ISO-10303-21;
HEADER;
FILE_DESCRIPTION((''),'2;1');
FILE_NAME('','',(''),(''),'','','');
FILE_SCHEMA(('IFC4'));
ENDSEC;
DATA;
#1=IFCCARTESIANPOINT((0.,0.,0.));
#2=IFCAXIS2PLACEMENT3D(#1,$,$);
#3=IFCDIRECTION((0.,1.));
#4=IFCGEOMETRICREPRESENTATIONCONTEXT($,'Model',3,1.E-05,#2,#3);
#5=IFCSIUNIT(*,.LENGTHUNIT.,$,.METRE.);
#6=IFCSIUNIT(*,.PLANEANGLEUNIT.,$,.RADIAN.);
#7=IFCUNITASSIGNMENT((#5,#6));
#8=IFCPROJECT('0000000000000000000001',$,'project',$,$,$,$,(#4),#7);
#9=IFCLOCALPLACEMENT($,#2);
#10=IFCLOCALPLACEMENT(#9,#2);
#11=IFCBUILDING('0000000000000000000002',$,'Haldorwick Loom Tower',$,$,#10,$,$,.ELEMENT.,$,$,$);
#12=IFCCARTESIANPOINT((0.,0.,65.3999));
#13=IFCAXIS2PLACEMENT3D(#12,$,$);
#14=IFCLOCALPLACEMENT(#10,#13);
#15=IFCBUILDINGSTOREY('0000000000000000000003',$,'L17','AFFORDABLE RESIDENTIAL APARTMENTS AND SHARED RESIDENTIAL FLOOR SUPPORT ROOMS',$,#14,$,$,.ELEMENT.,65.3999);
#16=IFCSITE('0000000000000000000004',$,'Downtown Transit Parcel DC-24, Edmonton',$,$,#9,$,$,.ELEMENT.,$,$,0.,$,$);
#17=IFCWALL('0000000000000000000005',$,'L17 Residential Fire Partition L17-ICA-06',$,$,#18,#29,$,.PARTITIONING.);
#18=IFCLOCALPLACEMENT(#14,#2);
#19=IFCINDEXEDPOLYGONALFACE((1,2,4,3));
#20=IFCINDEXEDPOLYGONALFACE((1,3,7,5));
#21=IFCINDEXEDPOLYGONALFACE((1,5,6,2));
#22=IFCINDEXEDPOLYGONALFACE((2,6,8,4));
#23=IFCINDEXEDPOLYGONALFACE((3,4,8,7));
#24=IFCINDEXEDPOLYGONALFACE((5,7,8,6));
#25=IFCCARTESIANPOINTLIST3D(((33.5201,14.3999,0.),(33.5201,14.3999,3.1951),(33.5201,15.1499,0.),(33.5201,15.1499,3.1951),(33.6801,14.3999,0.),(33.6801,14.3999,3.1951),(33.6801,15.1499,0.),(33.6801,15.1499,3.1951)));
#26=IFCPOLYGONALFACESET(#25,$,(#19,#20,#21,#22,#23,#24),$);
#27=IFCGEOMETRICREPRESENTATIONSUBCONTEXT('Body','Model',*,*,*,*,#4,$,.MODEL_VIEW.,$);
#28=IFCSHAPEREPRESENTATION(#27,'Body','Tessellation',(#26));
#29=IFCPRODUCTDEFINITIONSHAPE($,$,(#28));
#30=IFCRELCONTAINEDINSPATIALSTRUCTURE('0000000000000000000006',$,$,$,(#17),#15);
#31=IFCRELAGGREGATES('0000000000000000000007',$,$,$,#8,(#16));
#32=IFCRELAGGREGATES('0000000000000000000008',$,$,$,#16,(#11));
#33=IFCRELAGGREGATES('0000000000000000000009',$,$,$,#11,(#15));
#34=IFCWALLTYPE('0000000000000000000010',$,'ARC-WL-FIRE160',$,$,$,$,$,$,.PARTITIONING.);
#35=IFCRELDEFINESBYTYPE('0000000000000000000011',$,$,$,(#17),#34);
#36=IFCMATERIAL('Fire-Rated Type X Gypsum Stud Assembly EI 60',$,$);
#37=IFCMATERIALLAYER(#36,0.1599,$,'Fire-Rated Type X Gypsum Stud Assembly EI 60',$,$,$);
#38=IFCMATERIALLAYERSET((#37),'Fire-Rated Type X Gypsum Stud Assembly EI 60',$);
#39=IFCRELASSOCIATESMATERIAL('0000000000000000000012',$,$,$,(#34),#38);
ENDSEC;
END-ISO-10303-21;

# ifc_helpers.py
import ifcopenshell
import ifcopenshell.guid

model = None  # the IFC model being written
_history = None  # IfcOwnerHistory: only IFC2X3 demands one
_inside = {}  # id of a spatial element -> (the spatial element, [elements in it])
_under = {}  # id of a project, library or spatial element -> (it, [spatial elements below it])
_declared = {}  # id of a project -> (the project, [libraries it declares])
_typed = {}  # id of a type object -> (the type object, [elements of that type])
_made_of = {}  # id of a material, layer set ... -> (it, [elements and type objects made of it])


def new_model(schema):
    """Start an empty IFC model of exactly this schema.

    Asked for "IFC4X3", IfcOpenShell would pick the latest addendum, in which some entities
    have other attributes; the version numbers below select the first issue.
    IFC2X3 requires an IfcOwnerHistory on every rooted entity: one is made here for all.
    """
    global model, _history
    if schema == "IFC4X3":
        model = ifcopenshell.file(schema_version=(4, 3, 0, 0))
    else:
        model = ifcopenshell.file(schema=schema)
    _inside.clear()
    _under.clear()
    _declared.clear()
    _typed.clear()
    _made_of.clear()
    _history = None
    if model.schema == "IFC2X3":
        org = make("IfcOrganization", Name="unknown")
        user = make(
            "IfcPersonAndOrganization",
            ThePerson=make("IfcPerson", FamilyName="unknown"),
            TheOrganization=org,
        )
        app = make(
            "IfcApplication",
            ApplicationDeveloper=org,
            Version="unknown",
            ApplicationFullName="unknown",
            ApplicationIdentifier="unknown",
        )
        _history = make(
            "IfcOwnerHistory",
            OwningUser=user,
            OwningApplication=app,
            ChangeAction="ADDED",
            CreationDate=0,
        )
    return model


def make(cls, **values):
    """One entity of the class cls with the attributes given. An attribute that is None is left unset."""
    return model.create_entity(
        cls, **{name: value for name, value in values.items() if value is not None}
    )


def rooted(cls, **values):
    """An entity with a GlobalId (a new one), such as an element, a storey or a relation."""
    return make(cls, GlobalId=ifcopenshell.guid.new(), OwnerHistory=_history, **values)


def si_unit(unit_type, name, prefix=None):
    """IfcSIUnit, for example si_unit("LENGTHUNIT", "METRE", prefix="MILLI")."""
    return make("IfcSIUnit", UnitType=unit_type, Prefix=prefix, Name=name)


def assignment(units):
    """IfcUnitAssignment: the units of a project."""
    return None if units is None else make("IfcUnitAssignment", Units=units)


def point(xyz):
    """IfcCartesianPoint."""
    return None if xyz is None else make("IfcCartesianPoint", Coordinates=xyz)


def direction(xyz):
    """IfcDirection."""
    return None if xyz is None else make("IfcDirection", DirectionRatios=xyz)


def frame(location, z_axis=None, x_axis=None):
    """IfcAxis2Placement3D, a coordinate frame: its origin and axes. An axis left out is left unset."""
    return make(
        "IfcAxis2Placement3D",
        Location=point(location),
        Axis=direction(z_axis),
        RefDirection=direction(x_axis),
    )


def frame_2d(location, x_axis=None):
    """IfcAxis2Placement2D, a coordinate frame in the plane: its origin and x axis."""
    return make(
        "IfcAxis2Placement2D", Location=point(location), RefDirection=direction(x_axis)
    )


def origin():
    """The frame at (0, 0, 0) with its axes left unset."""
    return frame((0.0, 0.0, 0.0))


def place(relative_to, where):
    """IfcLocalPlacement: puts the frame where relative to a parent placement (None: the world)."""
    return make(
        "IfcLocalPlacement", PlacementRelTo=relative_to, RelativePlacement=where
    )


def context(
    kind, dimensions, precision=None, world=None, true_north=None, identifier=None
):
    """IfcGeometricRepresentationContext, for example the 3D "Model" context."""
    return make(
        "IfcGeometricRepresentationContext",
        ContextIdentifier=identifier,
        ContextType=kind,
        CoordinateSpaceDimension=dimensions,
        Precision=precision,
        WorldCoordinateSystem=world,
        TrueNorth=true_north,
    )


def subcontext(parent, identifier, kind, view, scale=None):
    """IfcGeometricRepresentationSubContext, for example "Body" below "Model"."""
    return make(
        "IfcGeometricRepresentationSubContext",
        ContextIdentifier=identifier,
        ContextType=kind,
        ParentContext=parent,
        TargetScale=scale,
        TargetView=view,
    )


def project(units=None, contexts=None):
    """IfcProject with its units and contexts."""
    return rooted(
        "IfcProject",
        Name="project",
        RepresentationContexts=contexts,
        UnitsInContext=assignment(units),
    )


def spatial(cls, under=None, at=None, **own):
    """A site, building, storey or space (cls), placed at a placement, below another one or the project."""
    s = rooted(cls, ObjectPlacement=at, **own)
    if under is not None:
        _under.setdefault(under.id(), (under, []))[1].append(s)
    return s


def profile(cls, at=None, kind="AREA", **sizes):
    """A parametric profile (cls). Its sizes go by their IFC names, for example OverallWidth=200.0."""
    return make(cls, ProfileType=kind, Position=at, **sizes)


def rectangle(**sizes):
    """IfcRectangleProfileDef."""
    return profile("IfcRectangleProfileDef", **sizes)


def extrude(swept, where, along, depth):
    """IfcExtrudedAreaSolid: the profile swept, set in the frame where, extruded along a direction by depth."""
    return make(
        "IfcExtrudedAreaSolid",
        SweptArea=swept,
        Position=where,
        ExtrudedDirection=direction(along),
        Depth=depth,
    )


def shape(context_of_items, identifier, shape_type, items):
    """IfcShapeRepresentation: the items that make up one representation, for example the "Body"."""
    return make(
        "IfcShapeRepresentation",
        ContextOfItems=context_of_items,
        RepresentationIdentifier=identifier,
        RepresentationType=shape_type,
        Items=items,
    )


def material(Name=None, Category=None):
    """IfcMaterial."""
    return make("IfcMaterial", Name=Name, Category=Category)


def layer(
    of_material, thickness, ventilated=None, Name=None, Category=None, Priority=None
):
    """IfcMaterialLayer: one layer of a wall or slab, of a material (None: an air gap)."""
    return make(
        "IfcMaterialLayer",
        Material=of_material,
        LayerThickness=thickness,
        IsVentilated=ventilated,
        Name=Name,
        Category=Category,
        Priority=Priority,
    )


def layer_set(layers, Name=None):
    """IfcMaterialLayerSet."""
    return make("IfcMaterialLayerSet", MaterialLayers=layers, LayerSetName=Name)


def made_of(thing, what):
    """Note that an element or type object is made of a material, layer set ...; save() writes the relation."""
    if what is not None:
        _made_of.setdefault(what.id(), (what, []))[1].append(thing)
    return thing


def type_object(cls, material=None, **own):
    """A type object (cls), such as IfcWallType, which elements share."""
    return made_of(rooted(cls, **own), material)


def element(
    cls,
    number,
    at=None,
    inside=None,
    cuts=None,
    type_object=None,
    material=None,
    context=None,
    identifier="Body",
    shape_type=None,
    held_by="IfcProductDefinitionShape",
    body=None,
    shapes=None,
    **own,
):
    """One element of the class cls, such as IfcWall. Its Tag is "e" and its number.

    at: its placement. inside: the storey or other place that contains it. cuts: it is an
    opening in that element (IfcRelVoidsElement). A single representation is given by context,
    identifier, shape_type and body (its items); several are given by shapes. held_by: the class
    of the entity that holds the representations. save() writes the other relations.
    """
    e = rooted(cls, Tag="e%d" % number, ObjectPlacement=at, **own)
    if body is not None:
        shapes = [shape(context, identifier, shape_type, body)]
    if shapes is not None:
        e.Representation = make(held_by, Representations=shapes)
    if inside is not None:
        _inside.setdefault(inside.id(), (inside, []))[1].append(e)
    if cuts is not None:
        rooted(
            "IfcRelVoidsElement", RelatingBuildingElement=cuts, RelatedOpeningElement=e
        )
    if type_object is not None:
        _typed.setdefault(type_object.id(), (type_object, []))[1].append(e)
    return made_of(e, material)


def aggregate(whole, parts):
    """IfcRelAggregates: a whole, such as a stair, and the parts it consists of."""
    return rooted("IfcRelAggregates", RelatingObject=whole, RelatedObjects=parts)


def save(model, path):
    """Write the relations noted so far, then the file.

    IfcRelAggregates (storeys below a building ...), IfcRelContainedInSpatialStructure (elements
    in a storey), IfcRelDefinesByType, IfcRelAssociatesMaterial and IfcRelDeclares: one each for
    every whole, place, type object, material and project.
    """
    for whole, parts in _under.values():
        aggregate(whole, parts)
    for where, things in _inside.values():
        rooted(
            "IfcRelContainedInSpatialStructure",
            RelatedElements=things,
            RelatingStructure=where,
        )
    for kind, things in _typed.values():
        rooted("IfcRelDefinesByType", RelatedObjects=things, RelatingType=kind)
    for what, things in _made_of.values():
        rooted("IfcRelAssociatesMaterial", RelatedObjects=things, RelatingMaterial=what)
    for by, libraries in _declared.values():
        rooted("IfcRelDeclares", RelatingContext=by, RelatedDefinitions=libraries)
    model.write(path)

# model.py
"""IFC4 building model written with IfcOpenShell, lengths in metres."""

from ifc_helpers import new_model, si_unit, direction, frame, frame_2d, origin, place, context, subcontext, project, spatial, rectangle, extrude, material, layer, layer_set, type_object, element, save


model = new_model("IFC4")

# Units and contexts
model_context = context("Model", 3, precision=1e-05, world=origin(), true_north=direction((0.0, 1.0)))
body_context = subcontext(model_context, "Body", "Model", "MODEL_VIEW")
ifc_project = project(units=[si_unit("LENGTHUNIT", "METRE"), si_unit("PLANEANGLEUNIT", "RADIAN")], contexts=[model_context])

# Site, building, storey
site_placement = place(None, origin())
site = spatial("IfcSite", under=ifc_project, at=site_placement, Name="Downtown Transit Parcel DC-24, Edmonton", CompositionType="ELEMENT", RefElevation=0.0)
building_placement = place(site_placement, origin())
building = spatial("IfcBuilding", under=site, at=building_placement, Name="Haldorwick Loom Tower", CompositionType="ELEMENT")
storey_placement = place(building_placement, frame((0.0, 0.0, 65.3999)))
storey = spatial("IfcBuildingStorey", under=building, at=storey_placement, Name="L17", Description="AFFORDABLE RESIDENTIAL APARTMENTS AND SHARED RESIDENTIAL FLOOR SUPPORT ROOMS", CompositionType="ELEMENT", Elevation=65.3999)

# Wall
ifc_material_1 = material(Name="Fire-Rated Type X Gypsum Stud Assembly EI 60")
ifc_layer_1 = layer(ifc_material_1, 0.1599, Name="Fire-Rated Type X Gypsum Stud Assembly EI 60")
ifc_layer_set_1 = layer_set([ifc_layer_1], Name="Fire-Rated Type X Gypsum Stud Assembly EI 60")
wall_type = type_object("IfcWallType", Name="ARC-WL-FIRE160", PredefinedType="PARTITIONING", material=ifc_layer_set_1)
wall_1_placement = place(storey_placement, frame((33.6001, 15.1499, 0.0), z_axis=(0.0, 0.0, 1.0), x_axis=(0.0, -1.0, 0.0)))
element("IfcWall", 1, at=wall_1_placement, inside=storey, type_object=wall_type, Name="L17 Residential Fire Partition L17-ICA-06", PredefinedType="PARTITIONING", context=body_context, shape_type="SweptSolid", body=[
    extrude(rectangle(XDim=0.75, YDim=0.1599, at=frame_2d((0.375, 0.0))), origin(), (0.0, 0.0, 1.0), 3.1951),
])

save(model, "model.ifc")
